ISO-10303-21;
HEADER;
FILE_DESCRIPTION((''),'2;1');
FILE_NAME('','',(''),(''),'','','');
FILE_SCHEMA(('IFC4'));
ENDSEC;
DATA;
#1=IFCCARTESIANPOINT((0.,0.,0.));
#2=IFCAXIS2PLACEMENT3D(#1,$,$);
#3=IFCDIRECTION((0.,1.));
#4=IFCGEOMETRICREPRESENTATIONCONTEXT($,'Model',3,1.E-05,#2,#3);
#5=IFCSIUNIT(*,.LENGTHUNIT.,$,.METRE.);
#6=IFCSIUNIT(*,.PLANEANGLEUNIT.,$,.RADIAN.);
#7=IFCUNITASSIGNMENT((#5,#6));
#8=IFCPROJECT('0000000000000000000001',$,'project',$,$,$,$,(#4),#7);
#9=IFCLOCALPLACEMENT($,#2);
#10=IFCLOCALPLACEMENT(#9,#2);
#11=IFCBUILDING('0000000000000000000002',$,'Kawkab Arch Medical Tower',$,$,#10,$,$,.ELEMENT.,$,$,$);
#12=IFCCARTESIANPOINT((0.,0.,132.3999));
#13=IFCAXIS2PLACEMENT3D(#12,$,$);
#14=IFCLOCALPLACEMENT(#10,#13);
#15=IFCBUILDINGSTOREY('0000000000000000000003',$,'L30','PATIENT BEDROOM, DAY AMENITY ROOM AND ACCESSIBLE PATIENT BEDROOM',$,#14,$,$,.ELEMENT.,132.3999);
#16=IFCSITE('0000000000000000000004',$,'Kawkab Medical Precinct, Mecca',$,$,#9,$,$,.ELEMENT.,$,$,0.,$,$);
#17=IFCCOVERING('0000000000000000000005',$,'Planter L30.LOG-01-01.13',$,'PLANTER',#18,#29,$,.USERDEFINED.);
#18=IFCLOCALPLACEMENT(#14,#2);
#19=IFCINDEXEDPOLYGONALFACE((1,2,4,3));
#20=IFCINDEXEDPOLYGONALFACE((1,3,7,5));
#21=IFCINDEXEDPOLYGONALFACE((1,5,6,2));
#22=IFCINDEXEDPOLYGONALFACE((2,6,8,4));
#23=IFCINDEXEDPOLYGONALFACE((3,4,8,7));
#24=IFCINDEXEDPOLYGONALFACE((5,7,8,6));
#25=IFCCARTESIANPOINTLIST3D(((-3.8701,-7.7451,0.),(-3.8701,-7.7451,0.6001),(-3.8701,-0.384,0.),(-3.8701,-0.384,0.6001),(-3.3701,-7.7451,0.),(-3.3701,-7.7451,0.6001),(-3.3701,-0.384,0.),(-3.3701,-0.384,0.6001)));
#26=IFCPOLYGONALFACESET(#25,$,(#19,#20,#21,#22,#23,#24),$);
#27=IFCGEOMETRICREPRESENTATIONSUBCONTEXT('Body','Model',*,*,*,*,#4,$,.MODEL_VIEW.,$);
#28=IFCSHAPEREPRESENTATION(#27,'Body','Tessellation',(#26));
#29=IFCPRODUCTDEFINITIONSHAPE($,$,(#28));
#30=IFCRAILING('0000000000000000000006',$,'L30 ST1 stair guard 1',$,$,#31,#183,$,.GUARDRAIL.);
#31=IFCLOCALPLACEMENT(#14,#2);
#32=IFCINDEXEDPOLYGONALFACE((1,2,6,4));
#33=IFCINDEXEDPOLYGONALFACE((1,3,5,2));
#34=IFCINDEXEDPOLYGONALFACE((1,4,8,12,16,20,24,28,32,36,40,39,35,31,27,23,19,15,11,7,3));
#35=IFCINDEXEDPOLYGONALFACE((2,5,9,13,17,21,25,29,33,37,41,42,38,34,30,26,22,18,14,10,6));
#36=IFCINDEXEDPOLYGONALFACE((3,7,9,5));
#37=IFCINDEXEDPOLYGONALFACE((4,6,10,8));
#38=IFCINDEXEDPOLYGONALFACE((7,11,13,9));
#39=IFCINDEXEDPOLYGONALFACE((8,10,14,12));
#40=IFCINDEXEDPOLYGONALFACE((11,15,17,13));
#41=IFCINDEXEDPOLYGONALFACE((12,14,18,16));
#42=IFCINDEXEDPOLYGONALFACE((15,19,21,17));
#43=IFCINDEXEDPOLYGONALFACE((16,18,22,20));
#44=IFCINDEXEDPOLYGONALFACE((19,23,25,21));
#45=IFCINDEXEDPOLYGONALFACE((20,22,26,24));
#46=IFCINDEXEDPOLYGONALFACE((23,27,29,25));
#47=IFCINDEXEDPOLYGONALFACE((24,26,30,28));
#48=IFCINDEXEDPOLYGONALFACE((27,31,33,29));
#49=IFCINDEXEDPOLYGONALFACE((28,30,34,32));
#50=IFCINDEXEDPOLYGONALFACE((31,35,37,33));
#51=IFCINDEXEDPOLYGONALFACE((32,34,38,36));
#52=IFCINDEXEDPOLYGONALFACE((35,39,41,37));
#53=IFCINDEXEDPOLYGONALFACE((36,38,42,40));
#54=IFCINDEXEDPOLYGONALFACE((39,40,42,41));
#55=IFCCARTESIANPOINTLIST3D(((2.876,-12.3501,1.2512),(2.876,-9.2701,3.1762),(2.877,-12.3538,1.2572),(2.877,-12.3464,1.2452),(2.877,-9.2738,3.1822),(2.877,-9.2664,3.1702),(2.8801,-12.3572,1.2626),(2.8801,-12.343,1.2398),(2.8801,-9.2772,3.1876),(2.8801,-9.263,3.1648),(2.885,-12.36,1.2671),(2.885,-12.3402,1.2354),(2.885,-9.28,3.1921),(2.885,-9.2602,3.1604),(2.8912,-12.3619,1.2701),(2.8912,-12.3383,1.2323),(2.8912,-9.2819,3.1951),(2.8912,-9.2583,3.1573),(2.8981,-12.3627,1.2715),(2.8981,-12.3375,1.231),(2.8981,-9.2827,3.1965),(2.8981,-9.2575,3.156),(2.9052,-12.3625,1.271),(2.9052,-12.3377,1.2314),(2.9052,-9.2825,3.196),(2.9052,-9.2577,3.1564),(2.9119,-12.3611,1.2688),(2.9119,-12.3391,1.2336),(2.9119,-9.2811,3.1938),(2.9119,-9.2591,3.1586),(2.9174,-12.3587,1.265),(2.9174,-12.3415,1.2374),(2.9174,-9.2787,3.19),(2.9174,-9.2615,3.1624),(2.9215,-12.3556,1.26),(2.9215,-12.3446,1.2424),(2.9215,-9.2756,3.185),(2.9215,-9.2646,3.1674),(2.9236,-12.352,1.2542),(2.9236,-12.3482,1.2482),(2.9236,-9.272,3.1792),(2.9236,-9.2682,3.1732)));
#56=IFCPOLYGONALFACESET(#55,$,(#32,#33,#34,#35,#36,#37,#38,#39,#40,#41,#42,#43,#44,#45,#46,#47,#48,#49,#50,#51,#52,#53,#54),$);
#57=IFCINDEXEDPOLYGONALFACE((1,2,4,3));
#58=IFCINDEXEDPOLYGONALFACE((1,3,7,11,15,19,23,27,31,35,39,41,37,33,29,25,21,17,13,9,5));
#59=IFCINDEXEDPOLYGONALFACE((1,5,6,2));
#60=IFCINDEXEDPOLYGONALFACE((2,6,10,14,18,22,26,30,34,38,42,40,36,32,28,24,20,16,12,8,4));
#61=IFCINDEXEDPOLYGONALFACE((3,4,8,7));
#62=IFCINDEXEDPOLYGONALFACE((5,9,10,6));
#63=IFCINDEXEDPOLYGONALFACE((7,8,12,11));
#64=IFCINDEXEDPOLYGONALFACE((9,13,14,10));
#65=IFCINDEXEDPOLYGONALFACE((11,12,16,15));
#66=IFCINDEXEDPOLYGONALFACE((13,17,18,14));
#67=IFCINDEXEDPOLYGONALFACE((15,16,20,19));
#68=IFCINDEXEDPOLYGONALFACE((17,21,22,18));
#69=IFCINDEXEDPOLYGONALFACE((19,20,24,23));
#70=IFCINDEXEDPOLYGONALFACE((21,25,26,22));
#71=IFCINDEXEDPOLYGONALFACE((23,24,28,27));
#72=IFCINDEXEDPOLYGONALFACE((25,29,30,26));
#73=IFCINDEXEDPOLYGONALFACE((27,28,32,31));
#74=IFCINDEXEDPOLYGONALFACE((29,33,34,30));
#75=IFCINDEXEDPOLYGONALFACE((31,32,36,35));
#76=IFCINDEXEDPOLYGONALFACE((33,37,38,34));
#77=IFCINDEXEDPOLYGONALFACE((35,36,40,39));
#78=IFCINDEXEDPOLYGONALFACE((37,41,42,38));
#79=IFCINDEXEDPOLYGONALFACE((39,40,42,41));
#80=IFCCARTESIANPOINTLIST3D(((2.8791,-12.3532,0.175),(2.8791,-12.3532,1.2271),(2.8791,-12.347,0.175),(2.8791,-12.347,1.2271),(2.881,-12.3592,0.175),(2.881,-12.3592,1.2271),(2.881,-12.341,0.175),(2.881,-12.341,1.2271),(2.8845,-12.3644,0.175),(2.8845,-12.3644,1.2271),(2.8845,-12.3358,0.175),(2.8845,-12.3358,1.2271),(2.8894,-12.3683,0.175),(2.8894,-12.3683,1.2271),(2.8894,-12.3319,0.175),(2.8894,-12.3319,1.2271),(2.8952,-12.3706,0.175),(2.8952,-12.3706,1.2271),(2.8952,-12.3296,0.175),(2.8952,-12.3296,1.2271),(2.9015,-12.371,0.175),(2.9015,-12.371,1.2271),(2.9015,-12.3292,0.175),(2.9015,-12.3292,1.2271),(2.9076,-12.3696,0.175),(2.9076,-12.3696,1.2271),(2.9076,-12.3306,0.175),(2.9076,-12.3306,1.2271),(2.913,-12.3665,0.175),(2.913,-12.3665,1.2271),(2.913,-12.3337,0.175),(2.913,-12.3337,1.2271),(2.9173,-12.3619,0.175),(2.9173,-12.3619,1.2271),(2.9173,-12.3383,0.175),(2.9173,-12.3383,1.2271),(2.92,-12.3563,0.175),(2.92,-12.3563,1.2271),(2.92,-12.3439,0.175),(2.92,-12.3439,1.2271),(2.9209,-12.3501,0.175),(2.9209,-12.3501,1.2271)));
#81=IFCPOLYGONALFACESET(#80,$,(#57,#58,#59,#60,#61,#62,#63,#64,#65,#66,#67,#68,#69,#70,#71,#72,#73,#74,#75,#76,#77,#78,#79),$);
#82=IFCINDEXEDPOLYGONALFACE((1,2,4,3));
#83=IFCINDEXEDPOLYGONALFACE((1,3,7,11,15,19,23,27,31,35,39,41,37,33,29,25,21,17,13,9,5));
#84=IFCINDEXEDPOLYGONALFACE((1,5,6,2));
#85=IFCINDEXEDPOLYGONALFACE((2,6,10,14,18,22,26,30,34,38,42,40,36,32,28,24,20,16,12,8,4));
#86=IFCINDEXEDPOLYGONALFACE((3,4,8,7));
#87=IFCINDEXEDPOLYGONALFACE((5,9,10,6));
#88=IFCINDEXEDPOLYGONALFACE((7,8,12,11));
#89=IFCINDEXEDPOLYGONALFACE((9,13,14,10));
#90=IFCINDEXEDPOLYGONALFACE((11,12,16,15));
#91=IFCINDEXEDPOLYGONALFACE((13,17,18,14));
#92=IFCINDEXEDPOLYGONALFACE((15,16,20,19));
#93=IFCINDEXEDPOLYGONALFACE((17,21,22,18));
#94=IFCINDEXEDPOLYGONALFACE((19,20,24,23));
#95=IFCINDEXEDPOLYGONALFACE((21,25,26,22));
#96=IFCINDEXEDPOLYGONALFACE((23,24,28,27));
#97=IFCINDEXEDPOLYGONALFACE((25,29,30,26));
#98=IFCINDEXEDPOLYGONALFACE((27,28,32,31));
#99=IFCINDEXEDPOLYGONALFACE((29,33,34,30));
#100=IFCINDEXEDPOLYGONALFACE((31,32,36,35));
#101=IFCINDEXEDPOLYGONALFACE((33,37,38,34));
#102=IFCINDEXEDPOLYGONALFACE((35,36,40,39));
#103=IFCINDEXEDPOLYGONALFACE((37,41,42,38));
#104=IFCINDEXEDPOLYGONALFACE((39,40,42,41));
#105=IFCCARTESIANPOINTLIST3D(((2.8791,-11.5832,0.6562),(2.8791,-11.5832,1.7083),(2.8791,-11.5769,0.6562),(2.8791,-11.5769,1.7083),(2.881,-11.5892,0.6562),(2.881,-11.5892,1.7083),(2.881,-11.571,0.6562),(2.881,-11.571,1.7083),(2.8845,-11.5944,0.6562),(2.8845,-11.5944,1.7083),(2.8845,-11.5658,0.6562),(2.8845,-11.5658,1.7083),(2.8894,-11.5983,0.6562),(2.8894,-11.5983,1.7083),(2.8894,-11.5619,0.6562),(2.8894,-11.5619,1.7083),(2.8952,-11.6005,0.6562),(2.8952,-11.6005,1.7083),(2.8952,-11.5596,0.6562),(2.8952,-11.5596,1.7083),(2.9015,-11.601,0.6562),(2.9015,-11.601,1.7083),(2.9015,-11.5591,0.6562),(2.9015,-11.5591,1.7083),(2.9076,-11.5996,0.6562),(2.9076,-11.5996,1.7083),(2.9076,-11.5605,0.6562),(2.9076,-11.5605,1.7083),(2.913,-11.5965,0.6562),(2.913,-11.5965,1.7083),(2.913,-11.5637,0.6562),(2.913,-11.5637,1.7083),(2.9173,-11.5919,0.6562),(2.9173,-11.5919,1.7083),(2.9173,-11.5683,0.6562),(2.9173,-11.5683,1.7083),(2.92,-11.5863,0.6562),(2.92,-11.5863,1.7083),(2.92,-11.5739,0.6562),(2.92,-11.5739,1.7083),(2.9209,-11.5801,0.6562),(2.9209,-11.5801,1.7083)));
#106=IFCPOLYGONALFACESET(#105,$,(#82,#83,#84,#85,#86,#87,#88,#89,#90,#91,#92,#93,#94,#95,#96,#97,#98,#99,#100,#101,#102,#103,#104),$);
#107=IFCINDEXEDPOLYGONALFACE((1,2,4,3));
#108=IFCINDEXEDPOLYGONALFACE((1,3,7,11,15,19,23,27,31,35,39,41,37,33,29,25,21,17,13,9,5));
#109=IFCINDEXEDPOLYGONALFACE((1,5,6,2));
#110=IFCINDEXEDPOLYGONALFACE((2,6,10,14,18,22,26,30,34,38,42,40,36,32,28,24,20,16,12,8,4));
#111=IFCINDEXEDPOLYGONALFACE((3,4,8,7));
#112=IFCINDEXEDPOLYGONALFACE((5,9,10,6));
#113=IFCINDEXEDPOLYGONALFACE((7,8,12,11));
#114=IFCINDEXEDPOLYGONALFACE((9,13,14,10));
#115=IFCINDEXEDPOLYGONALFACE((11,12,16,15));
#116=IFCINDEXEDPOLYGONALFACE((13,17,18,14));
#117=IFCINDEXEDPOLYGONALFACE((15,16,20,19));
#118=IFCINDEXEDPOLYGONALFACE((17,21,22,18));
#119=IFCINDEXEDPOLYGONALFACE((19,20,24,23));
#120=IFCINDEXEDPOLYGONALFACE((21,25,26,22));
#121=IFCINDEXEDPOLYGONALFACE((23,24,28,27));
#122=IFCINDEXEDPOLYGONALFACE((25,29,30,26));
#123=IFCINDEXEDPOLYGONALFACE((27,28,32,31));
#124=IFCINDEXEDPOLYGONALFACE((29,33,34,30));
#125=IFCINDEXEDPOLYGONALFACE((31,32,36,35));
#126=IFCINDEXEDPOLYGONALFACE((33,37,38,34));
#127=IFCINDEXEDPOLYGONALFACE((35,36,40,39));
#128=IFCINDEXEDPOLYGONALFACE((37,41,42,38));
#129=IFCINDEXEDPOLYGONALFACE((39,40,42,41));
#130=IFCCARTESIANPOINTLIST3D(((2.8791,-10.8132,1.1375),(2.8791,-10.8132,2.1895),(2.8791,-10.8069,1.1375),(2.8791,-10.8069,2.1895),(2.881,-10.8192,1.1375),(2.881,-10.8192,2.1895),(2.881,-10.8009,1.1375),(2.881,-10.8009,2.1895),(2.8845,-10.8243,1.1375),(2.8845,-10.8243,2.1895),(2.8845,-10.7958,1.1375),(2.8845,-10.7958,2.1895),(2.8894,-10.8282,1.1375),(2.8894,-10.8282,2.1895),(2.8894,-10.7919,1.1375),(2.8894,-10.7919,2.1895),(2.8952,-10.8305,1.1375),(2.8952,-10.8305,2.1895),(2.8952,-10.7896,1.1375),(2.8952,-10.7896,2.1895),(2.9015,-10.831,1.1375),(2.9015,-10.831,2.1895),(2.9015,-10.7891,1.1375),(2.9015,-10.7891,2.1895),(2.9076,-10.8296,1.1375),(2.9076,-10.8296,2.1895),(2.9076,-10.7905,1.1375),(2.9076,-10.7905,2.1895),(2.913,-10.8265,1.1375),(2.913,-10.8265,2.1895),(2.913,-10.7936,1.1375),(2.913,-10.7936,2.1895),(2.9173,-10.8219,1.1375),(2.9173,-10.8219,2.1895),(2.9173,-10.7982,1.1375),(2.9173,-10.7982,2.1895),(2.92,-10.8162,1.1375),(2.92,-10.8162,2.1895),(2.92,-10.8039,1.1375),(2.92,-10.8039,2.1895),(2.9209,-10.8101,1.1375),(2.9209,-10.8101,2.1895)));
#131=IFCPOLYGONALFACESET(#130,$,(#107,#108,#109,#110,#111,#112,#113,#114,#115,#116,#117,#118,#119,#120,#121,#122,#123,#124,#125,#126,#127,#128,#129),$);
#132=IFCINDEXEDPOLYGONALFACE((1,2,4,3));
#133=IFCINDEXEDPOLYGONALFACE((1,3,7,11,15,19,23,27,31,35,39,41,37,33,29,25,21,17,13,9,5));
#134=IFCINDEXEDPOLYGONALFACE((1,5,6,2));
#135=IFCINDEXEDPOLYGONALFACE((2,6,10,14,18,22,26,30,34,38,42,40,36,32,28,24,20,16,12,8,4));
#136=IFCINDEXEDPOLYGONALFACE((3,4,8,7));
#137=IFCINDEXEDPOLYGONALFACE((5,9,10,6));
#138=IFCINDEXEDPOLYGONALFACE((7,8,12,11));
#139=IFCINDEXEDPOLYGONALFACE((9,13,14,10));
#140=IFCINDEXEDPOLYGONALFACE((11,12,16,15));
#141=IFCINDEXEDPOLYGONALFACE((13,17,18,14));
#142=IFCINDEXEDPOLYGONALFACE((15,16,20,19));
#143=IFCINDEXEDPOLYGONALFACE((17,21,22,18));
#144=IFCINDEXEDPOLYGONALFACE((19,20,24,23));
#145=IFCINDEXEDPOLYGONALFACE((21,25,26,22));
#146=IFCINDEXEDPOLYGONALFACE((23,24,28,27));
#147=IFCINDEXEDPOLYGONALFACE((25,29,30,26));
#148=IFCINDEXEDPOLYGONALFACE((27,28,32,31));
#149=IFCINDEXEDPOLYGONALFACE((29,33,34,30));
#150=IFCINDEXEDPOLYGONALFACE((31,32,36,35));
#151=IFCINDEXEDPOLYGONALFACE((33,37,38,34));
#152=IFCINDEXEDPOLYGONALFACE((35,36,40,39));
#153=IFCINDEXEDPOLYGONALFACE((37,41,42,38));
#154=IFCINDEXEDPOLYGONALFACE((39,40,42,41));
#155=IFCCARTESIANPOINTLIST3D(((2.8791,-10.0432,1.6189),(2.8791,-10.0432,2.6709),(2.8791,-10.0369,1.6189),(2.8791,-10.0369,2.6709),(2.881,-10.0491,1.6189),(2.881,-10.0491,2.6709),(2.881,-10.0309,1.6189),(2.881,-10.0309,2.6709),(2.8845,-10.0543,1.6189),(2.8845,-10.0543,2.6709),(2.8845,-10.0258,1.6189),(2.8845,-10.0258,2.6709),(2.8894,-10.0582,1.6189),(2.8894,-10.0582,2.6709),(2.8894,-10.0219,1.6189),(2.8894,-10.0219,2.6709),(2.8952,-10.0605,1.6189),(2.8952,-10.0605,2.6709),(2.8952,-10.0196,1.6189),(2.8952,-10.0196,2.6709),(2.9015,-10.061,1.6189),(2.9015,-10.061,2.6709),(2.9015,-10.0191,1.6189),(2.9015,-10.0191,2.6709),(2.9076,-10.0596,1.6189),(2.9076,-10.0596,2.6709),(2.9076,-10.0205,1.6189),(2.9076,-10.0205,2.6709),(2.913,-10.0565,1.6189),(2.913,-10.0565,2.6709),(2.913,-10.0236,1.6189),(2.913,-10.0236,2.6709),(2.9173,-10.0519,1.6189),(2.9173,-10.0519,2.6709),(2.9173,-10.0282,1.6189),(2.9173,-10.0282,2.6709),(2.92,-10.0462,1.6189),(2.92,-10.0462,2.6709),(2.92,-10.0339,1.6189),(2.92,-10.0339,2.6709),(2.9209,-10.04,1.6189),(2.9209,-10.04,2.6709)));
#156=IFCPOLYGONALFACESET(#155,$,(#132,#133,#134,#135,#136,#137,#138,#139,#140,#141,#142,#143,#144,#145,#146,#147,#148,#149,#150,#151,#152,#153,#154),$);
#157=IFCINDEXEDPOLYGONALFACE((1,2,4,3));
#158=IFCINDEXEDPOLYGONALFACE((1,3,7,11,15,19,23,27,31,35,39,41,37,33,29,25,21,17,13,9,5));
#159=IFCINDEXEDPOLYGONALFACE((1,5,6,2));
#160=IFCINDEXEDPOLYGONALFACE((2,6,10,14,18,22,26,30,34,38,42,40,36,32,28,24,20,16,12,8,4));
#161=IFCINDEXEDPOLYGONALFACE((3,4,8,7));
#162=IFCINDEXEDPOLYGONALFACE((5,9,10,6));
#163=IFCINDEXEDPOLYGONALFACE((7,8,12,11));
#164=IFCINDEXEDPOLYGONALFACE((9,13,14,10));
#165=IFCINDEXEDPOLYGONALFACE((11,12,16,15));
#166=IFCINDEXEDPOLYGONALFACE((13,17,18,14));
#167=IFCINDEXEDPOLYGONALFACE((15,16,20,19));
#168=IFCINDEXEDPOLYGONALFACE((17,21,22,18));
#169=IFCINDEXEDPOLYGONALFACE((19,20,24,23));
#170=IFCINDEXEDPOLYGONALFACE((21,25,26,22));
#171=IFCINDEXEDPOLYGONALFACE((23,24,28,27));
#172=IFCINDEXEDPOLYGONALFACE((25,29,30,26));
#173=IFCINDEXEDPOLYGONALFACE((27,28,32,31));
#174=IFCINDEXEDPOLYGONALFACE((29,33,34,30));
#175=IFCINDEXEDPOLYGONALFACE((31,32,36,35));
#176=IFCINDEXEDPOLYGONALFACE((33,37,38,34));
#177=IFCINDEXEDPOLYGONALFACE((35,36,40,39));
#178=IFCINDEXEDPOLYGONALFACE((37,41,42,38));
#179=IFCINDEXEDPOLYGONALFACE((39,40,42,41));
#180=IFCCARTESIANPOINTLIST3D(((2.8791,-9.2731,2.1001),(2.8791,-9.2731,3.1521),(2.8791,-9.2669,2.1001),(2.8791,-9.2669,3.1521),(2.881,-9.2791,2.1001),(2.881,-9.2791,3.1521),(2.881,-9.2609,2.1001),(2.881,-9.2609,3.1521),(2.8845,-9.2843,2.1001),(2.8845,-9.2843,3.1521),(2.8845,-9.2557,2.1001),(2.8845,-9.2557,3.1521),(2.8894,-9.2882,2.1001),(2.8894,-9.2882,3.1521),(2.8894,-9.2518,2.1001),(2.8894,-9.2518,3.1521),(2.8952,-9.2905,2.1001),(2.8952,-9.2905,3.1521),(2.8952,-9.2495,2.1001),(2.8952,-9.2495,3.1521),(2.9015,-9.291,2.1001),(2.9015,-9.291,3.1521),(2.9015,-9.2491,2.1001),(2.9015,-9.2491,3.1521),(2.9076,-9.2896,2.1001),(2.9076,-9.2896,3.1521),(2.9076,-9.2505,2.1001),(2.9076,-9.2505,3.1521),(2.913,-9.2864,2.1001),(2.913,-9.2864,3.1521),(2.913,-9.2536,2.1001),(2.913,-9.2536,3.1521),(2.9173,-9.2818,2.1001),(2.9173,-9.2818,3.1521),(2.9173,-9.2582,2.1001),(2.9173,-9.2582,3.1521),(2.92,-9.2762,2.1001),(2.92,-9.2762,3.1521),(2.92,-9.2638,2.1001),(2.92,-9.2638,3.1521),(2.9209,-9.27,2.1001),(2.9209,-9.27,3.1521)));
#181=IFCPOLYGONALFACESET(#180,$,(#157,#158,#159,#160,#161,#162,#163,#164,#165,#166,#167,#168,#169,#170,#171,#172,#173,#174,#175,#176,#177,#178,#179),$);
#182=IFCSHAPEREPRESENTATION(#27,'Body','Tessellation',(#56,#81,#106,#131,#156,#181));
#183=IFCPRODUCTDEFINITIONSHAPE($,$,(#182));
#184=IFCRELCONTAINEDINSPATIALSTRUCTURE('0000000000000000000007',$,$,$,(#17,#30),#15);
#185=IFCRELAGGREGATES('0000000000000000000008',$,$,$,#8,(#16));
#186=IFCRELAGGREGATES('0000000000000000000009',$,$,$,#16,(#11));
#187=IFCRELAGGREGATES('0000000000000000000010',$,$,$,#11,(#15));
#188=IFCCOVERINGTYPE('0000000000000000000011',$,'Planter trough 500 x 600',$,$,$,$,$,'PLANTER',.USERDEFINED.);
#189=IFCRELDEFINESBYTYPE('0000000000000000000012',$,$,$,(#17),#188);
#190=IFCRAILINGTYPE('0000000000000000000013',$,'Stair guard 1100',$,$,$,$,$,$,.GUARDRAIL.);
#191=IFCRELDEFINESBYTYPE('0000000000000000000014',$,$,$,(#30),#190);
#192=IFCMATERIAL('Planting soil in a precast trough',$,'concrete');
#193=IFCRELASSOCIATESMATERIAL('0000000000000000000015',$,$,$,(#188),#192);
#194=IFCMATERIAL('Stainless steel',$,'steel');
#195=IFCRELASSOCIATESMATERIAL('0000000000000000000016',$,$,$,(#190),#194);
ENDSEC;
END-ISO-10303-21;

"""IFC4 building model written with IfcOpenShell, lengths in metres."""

from ifc_helpers import new_model, si_unit, direction, frame, origin, origin_2d, place, context, subcontext, project, spatial, rectangle, circle, extrude, material, material_profile, profile_set, type_object, element, save


model = new_model("IFC4")

# Units and contexts
model_context = context("Model", 3, precision=1e-05, world=origin(), true_north=direction((0.0, 1.0)))
body_context = subcontext(model_context, "Body", "Model", "MODEL_VIEW")
ifc_project = project(units=[si_unit("LENGTHUNIT", "METRE"), si_unit("PLANEANGLEUNIT", "RADIAN")], contexts=[model_context])

# Site, building, storey
site_placement = place(None, origin())
site = spatial("IfcSite", under=ifc_project, at=site_placement, Name="Kawkab Medical Precinct, Mecca", CompositionType="ELEMENT", RefElevation=0.0)
building_placement = place(site_placement, origin())
building = spatial("IfcBuilding", under=site, at=building_placement, Name="Kawkab Arch Medical Tower", CompositionType="ELEMENT")
storey_placement = place(building_placement, frame((0.0, 0.0, 132.3999)))
storey = spatial("IfcBuildingStorey", under=building, at=storey_placement, Name="L30", Description="PATIENT BEDROOM, DAY AMENITY ROOM AND ACCESSIBLE PATIENT BEDROOM", CompositionType="ELEMENT", Elevation=132.3999)

# Covering
ifc_material_1 = material(Name="Planting soil in a precast trough", Category="concrete")
ifc_material_profile_1 = material_profile(ifc_material_1, rectangle(XDim=0.5, YDim=0.6001, at=origin_2d()), Name="Trough 500x600")
ifc_profile_set_1 = profile_set([ifc_material_profile_1], Name="Planting soil in a precast trough")
covering_type_1 = type_object("IfcCoveringType", Name="Planter trough 500 x 600", ElementType="PLANTER", PredefinedType="USERDEFINED", material=ifc_profile_set_1)
covering_1_placement = place(storey_placement, frame((-3.6201, -7.7451, 0.3), z_axis=(0.0, 1.0, 0.0), x_axis=(-1.0, 0.0, 0.0)))
element("IfcCovering", 1, at=covering_1_placement, inside=storey, type_object=covering_type_1, Name="Planter L30.LOG-01-01.13", ObjectType="PLANTER", PredefinedType="USERDEFINED", context=body_context, shape_type="SweptSolid", body=[
    extrude(rectangle(XDim=0.5, YDim=0.6001, at=origin_2d()), origin(), (0.0, 0.0, 1.0), 7.3611),
])

# Railing
ifc_material_2 = material(Name="Stainless steel", Category="steel")
railing_type_1 = type_object("IfcRailingType", Name="Stair guard 1100", PredefinedType="GUARDRAIL", material=ifc_material_2)
railing_1_placement = place(storey_placement, frame((2.8999, -12.3501, 0.175)))
element("IfcRailing", 2, at=railing_1_placement, inside=storey, type_object=railing_type_1, Name="L30 ST1 stair guard 1", PredefinedType="GUARDRAIL", context=body_context, shape_type="SweptSolid", body=[
    extrude(circle(Radius=0.0239, at=origin_2d()), frame((0.0, 0.0, 1.0762), z_axis=(0.0, 0.847998, 0.529999), x_axis=(-1.0, 0.0, 0.0)), (0.0, 0.0, 1.0), 3.6321),
    extrude(circle(Radius=0.021, at=origin_2d()), origin(), (0.0, 0.0, 1.0), 1.052),
    extrude(circle(Radius=0.021, at=origin_2d()), frame((0.0, 0.77, 0.4812)), (0.0, 0.0, 1.0), 1.052),
    extrude(circle(Radius=0.021, at=origin_2d()), frame((0.0, 1.54, 0.9624)), (0.0, 0.0, 1.0), 1.052),
    extrude(circle(Radius=0.021, at=origin_2d()), frame((0.0, 2.3101, 1.4438)), (0.0, 0.0, 1.0), 1.052),
    extrude(circle(Radius=0.021, at=origin_2d()), frame((0.0, 3.0801, 1.925)), (0.0, 0.0, 1.0), 1.052),
])

save(model, "model.ifc")
